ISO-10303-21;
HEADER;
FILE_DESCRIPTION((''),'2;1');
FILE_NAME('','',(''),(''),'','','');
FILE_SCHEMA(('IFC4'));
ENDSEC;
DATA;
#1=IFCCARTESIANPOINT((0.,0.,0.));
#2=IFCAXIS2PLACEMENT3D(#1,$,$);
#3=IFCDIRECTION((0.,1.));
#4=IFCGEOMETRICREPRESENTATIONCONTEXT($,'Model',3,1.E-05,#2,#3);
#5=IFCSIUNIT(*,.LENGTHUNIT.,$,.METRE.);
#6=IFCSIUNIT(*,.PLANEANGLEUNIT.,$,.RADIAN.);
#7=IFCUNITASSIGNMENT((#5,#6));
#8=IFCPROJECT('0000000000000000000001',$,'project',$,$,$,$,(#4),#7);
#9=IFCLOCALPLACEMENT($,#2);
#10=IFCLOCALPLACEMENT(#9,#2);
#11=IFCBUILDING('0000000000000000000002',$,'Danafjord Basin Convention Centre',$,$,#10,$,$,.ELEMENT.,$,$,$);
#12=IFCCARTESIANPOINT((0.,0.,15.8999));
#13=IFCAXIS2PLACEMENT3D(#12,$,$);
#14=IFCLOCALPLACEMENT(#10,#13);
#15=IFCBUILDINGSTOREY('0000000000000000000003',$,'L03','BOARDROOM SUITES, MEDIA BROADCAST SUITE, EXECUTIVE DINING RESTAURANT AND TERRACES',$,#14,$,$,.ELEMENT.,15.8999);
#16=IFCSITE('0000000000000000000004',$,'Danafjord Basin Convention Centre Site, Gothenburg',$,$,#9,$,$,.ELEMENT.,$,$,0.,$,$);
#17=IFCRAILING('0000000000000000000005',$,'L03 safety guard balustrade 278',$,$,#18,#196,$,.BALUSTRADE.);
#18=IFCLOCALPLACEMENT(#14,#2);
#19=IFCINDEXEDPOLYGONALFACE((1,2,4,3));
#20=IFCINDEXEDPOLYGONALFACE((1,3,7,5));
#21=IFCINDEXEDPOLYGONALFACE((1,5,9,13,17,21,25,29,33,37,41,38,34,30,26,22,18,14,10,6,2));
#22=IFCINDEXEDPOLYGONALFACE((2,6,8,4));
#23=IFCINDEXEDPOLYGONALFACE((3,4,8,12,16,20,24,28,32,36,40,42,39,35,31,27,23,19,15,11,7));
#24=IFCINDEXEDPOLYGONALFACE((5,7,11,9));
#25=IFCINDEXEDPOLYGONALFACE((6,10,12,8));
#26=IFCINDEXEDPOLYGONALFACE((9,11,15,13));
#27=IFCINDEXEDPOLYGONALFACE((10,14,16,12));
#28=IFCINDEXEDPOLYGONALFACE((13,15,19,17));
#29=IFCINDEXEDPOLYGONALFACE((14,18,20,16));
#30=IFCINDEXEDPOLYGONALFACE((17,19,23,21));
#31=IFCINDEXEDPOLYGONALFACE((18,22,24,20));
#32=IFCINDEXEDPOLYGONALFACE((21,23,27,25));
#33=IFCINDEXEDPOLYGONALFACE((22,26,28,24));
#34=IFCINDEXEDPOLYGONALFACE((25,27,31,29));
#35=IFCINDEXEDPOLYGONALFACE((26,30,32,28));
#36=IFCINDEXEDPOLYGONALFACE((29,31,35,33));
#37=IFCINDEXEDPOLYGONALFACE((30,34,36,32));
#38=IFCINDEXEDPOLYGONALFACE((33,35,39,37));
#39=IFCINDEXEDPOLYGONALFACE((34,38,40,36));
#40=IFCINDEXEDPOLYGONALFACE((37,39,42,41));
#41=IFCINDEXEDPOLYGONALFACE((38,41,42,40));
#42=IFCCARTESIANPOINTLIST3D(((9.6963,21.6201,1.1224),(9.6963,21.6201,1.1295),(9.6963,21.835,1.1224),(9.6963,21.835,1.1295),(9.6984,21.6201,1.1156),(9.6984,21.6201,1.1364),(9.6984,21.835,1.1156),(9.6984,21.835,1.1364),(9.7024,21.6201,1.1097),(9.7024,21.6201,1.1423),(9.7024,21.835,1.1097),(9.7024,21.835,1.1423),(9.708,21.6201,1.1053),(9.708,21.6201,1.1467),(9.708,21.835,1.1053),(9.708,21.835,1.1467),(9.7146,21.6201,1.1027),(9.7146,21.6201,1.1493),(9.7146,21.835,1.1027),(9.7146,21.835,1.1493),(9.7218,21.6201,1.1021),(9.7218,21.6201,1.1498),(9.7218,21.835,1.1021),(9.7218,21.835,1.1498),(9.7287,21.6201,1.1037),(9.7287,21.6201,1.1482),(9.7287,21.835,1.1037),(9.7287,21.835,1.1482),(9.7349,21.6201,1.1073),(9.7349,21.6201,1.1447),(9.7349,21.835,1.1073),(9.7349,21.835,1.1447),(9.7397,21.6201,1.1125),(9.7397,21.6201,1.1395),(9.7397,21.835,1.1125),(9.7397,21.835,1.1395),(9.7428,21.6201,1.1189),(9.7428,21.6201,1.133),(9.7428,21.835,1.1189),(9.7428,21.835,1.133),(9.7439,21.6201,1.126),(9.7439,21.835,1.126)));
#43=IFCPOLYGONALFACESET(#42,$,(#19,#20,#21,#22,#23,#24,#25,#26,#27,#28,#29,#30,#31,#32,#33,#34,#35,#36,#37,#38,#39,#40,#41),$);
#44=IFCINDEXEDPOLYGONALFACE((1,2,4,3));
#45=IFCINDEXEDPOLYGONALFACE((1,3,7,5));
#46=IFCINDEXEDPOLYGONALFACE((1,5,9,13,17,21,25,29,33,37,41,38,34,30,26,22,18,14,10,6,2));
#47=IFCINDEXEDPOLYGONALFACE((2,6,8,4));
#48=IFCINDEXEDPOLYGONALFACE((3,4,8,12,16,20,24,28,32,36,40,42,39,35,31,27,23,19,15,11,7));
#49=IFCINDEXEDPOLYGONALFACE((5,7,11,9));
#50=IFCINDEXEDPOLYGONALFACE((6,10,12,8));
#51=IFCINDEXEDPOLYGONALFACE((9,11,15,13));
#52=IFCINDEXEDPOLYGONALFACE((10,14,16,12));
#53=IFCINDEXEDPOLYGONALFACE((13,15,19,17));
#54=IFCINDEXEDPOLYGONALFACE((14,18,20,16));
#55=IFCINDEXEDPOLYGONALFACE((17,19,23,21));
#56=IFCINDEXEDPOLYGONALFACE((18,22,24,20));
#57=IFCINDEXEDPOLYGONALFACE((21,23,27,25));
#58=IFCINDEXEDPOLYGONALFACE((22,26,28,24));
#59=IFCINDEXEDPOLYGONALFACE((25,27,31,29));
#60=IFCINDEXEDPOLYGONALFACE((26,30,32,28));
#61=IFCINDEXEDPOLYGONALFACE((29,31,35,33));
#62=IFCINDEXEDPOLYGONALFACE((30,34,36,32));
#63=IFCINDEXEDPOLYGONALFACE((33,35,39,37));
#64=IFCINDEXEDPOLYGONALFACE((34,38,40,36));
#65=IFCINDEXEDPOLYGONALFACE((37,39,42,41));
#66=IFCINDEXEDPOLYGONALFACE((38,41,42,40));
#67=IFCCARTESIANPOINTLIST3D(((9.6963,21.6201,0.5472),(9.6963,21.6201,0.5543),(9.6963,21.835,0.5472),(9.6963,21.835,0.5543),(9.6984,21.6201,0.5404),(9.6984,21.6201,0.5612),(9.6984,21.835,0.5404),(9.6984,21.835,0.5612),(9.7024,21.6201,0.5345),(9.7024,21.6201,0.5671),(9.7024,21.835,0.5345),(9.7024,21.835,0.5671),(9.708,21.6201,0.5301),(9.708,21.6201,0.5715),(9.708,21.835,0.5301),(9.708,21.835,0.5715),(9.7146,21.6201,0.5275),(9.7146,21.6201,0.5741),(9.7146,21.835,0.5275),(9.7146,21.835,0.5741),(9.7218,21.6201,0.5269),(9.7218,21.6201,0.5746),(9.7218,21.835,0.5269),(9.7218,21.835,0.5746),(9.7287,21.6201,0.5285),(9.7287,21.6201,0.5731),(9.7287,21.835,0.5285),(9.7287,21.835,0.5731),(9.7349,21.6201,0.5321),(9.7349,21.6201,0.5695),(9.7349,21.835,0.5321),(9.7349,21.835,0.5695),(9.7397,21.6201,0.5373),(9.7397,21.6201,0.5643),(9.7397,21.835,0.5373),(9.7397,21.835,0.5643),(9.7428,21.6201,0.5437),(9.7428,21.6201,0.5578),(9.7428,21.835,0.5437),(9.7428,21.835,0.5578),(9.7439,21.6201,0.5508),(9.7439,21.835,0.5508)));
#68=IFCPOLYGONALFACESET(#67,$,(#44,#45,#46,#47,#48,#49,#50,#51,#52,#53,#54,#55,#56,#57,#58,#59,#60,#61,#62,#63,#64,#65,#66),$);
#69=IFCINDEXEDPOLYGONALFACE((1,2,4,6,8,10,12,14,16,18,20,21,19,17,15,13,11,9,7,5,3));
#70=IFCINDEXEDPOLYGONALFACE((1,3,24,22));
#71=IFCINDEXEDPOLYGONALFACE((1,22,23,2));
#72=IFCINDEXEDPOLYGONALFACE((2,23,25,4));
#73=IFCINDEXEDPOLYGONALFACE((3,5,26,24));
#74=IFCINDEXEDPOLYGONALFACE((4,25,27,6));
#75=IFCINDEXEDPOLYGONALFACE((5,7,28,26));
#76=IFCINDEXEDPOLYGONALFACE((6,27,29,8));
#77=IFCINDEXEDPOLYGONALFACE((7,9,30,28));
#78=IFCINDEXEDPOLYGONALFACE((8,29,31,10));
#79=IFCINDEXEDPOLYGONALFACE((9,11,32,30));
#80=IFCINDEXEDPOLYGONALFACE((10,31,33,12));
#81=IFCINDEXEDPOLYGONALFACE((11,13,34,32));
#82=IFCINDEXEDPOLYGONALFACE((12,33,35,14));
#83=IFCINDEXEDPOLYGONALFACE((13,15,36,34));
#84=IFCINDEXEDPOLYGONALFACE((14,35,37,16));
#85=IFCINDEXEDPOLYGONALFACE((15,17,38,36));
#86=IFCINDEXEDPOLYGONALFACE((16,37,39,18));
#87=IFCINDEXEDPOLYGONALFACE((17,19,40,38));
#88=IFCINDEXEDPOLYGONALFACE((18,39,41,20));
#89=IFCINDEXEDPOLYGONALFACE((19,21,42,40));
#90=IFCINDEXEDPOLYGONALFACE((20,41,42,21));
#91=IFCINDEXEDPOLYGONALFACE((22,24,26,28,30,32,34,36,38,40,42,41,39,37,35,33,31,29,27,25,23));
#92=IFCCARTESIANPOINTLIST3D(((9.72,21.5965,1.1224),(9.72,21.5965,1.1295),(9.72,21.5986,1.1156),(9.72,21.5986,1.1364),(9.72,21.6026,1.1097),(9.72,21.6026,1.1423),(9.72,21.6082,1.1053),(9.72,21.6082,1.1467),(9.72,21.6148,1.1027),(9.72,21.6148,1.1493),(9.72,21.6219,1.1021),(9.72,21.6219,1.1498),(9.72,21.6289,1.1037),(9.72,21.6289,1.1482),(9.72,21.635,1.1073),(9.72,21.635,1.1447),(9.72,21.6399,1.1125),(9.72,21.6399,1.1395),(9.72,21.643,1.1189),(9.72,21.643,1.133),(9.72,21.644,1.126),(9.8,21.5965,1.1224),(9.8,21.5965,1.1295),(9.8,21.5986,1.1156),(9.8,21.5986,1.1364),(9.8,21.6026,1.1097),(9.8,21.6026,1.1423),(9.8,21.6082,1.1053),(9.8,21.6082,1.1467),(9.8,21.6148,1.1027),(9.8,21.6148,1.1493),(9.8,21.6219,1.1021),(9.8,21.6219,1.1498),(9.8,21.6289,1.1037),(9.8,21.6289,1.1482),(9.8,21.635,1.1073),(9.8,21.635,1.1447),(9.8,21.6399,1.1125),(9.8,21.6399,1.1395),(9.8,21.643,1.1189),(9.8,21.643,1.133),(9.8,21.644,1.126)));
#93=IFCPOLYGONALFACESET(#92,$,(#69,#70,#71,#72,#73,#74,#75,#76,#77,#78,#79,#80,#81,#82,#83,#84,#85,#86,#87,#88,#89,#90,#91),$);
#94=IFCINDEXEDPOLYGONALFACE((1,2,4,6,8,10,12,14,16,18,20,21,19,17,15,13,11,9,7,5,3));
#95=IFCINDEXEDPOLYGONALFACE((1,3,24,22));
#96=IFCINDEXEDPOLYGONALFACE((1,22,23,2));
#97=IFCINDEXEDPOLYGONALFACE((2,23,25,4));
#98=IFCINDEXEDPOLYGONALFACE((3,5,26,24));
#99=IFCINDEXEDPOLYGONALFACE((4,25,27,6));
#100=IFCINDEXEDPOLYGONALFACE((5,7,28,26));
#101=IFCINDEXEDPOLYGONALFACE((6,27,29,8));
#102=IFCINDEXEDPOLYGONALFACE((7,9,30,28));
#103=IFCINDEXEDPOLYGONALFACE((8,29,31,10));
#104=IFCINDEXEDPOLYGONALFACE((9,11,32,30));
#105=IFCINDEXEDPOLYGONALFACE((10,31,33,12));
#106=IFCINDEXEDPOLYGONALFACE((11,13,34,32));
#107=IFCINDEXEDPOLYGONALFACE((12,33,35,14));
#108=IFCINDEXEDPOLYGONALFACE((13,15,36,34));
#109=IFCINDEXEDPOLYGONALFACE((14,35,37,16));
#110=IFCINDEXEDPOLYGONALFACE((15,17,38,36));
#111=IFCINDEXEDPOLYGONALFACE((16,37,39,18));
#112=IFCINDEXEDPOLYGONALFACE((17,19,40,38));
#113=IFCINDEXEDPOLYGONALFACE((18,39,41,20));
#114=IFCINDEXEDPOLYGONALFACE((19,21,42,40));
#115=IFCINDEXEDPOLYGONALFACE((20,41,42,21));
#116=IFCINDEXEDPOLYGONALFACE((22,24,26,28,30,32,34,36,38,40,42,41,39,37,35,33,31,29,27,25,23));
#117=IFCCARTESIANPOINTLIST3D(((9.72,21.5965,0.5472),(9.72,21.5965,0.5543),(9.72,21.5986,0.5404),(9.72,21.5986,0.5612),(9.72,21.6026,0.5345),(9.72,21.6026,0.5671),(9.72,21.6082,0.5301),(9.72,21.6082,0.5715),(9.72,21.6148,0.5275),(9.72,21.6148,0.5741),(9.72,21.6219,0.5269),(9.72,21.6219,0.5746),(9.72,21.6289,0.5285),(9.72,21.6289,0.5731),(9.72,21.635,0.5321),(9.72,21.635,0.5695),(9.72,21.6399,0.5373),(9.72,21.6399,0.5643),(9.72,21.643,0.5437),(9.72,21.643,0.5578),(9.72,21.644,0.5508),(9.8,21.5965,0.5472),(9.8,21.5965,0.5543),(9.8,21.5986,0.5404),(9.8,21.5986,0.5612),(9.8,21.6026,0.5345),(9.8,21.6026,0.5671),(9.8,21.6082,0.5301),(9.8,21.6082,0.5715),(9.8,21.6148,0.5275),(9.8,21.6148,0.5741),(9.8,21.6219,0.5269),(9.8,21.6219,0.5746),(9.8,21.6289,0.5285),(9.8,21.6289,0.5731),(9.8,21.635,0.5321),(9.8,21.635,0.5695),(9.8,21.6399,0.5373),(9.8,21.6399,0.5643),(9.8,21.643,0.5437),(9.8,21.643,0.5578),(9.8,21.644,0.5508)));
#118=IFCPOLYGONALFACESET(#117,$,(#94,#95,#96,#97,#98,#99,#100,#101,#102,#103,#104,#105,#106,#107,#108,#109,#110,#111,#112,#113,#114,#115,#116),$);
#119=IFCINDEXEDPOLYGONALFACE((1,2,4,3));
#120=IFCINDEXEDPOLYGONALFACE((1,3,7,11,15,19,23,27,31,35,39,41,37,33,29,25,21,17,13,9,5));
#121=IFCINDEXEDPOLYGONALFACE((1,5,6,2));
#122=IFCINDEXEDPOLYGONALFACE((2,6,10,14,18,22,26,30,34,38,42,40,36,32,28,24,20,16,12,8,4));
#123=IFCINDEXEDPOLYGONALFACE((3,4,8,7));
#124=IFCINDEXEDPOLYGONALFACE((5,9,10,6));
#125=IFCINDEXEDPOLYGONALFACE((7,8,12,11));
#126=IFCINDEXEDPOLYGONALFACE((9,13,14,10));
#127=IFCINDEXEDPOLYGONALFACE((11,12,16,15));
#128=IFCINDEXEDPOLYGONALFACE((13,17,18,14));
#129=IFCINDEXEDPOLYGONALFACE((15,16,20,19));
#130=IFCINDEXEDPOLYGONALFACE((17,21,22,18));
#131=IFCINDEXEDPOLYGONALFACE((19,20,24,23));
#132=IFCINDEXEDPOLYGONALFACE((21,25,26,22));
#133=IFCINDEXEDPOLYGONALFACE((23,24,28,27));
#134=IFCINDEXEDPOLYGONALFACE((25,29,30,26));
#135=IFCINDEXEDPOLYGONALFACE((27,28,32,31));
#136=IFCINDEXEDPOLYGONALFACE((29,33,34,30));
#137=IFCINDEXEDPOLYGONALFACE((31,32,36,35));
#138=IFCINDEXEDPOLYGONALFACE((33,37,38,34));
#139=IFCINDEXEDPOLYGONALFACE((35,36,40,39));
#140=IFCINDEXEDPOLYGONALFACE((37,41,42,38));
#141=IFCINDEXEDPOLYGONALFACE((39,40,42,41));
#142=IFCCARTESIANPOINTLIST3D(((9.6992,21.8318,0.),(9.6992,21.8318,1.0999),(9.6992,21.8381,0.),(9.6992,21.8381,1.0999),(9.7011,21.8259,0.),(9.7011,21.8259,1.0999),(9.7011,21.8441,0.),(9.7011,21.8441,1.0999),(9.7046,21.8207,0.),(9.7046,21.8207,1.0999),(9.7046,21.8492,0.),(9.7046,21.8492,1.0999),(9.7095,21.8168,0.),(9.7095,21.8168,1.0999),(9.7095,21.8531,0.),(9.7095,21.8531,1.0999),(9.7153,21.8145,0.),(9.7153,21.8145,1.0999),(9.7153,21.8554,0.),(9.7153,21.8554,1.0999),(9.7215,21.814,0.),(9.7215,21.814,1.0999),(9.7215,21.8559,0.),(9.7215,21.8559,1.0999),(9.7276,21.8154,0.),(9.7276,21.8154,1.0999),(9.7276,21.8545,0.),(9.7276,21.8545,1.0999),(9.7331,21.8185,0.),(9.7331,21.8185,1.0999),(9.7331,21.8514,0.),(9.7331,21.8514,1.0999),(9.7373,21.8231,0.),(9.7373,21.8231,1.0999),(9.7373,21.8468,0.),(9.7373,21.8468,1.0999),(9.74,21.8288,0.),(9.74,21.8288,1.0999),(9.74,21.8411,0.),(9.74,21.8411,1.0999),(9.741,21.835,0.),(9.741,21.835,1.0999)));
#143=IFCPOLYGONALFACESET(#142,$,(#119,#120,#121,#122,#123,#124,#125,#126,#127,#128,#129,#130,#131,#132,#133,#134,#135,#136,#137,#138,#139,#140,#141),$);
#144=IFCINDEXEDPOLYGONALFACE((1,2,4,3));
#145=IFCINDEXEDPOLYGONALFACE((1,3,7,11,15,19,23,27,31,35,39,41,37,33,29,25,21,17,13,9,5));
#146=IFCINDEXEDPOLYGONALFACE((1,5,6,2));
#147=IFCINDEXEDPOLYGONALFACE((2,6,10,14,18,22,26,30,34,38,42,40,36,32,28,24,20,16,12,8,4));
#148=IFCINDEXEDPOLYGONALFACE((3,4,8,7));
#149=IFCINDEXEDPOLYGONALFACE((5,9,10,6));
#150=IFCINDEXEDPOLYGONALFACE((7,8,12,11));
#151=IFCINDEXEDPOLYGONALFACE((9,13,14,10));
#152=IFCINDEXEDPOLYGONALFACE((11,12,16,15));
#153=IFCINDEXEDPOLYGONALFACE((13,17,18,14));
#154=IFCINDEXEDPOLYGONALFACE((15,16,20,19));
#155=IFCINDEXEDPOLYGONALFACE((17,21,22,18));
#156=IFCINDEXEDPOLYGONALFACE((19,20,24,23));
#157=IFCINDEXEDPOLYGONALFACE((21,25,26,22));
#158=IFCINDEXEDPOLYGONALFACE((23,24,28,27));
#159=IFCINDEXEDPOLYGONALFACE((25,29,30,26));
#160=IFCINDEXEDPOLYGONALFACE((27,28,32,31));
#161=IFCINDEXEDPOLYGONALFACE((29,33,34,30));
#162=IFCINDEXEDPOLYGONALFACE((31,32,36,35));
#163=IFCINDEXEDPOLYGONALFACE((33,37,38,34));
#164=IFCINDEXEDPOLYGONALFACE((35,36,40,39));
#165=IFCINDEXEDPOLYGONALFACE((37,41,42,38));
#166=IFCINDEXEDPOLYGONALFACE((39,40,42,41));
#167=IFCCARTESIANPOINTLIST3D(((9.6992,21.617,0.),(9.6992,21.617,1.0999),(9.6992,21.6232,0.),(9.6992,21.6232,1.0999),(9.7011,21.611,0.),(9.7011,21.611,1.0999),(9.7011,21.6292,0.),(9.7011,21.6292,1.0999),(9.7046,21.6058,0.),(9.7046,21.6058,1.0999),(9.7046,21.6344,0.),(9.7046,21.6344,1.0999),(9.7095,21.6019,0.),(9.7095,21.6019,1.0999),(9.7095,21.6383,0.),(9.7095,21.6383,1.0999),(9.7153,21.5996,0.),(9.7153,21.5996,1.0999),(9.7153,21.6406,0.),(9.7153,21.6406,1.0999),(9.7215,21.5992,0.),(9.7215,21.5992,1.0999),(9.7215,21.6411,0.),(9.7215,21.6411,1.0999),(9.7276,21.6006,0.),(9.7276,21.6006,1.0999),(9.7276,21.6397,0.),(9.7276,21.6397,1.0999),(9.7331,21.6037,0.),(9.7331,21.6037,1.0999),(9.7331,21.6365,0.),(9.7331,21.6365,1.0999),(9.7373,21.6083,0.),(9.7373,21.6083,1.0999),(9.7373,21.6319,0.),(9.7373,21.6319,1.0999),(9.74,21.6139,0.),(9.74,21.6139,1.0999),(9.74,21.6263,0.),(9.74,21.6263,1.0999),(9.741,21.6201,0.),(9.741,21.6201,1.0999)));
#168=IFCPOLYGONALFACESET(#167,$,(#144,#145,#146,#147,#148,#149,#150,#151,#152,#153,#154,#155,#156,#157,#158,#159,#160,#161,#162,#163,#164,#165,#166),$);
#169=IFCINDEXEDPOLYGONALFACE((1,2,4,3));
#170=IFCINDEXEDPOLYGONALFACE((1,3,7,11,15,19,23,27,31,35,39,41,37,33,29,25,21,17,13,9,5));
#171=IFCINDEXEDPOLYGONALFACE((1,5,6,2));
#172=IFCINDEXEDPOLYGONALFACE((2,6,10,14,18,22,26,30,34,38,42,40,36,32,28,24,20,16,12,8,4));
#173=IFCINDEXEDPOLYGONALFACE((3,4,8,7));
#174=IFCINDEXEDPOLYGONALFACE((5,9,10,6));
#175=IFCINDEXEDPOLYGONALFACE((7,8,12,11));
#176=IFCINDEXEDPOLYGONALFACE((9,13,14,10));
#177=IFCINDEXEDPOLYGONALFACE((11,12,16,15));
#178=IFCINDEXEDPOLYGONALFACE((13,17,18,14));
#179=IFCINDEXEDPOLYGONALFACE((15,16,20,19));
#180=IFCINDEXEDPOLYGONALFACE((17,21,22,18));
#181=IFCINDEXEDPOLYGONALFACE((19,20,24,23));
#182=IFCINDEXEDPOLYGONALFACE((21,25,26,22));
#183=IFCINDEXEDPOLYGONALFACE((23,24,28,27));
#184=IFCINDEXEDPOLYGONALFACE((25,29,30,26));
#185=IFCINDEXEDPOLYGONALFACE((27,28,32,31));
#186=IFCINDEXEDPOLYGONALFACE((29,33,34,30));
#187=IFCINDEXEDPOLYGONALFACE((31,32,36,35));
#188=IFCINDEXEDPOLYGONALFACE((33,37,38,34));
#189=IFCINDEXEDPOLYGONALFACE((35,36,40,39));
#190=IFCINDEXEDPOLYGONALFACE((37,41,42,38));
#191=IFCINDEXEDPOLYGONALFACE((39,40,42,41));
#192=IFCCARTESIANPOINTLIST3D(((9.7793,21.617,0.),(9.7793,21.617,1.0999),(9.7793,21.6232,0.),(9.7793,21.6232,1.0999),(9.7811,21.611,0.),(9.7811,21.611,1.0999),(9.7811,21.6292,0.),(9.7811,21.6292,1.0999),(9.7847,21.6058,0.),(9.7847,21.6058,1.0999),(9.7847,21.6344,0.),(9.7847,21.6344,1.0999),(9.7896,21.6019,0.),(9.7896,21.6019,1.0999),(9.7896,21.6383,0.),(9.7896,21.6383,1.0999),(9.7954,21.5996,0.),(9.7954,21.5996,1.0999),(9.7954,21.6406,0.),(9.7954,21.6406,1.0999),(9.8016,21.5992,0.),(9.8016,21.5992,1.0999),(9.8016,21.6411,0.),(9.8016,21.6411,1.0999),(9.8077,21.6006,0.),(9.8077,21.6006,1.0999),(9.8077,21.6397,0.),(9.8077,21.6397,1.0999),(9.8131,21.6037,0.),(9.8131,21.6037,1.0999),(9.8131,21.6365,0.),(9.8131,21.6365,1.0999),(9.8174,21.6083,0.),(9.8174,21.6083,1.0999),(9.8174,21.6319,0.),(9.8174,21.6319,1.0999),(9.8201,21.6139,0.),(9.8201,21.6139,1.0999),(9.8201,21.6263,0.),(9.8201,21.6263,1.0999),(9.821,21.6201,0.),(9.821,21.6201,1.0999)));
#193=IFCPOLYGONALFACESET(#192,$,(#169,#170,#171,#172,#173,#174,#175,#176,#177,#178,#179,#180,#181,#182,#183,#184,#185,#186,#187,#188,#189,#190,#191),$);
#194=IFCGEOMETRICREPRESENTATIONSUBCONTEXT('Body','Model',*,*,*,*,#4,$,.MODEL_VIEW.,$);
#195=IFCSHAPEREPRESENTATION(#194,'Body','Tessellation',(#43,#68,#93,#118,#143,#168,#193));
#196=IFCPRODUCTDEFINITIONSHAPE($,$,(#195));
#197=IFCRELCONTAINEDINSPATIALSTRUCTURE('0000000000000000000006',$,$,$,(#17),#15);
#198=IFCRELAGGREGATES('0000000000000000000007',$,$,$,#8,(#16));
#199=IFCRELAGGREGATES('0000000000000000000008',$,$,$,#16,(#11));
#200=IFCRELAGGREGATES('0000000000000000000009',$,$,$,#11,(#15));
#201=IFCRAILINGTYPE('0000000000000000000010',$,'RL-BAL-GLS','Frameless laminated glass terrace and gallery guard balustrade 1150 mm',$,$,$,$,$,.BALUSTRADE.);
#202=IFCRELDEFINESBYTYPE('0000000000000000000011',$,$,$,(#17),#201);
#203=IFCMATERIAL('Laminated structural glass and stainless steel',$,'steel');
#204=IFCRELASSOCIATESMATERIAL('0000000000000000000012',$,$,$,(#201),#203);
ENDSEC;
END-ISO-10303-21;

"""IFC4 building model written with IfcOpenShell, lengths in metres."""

from ifc_helpers import new_model, si_unit, direction, frame, origin, origin_2d, place, context, subcontext, project, spatial, circle, extrude, material, type_object, element, save


model = new_model("IFC4")

# Units and contexts
model_context = context("Model", 3, precision=1e-05, world=origin(), true_north=direction((0.0, 1.0)))
body_context = subcontext(model_context, "Body", "Model", "MODEL_VIEW")
ifc_project = project(units=[si_unit("LENGTHUNIT", "METRE"), si_unit("PLANEANGLEUNIT", "RADIAN")], contexts=[model_context])

# Site, building, storey
site_placement = place(None, origin())
site = spatial("IfcSite", under=ifc_project, at=site_placement, Name="Danafjord Basin Convention Centre Site, Gothenburg", CompositionType="ELEMENT", RefElevation=0.0)
building_placement = place(site_placement, origin())
building = spatial("IfcBuilding", under=site, at=building_placement, Name="Danafjord Basin Convention Centre", CompositionType="ELEMENT")
storey_placement = place(building_placement, frame((0.0, 0.0, 15.8999)))
storey = spatial("IfcBuildingStorey", under=building, at=storey_placement, Name="L03", Description="BOARDROOM SUITES, MEDIA BROADCAST SUITE, EXECUTIVE DINING RESTAURANT AND TERRACES", CompositionType="ELEMENT", Elevation=15.8999)

# Railing
ifc_material_1 = material(Name="Laminated structural glass and stainless steel", Category="steel")
railing_type_1 = type_object("IfcRailingType", Name="RL-BAL-GLS", Description="Frameless laminated glass terrace and gallery guard balustrade 1150 mm", PredefinedType="BALUSTRADE", material=ifc_material_1)
railing_1_placement = place(storey_placement, frame((9.72, 21.835, 0.0)))
element("IfcRailing", 1, at=railing_1_placement, inside=storey, type_object=railing_type_1, Name="L03 safety guard balustrade 278", PredefinedType="BALUSTRADE", context=body_context, shape_type="SweptSolid", body=[
    extrude(circle(Radius=0.0239, at=origin_2d()), frame((0.0, 0.0, 1.126), z_axis=(0.0, -1.0, 0.0), x_axis=(1.0, 0.0, 0.0)), (0.0, 0.0, 1.0), 0.2148),
    extrude(circle(Radius=0.0239, at=origin_2d()), frame((0.0, 0.0, 0.5508), z_axis=(0.0, -1.0, 0.0), x_axis=(1.0, 0.0, 0.0)), (0.0, 0.0, 1.0), 0.2148),
    extrude(circle(Radius=0.0239, at=origin_2d()), frame((0.0, -0.2148, 1.126), z_axis=(1.0, 0.0, 0.0), x_axis=(0.0, 1.0, 0.0)), (0.0, 0.0, 1.0), 0.0801),
    extrude(circle(Radius=0.0239, at=origin_2d()), frame((0.0, -0.2148, 0.5508), z_axis=(1.0, 0.0, 0.0), x_axis=(0.0, 1.0, 0.0)), (0.0, 0.0, 1.0), 0.0801),
    extrude(circle(Radius=0.021, at=origin_2d()), origin(), (0.0, 0.0, 1.0), 1.0999),
    extrude(circle(Radius=0.021, at=origin_2d()), frame((0.0, -0.2148, 0.0)), (0.0, 0.0, 1.0), 1.0999),
    extrude(circle(Radius=0.021, at=origin_2d()), frame((0.0801, -0.2148, 0.0)), (0.0, 0.0, 1.0), 1.0999),
])

save(model, "model.ifc")
